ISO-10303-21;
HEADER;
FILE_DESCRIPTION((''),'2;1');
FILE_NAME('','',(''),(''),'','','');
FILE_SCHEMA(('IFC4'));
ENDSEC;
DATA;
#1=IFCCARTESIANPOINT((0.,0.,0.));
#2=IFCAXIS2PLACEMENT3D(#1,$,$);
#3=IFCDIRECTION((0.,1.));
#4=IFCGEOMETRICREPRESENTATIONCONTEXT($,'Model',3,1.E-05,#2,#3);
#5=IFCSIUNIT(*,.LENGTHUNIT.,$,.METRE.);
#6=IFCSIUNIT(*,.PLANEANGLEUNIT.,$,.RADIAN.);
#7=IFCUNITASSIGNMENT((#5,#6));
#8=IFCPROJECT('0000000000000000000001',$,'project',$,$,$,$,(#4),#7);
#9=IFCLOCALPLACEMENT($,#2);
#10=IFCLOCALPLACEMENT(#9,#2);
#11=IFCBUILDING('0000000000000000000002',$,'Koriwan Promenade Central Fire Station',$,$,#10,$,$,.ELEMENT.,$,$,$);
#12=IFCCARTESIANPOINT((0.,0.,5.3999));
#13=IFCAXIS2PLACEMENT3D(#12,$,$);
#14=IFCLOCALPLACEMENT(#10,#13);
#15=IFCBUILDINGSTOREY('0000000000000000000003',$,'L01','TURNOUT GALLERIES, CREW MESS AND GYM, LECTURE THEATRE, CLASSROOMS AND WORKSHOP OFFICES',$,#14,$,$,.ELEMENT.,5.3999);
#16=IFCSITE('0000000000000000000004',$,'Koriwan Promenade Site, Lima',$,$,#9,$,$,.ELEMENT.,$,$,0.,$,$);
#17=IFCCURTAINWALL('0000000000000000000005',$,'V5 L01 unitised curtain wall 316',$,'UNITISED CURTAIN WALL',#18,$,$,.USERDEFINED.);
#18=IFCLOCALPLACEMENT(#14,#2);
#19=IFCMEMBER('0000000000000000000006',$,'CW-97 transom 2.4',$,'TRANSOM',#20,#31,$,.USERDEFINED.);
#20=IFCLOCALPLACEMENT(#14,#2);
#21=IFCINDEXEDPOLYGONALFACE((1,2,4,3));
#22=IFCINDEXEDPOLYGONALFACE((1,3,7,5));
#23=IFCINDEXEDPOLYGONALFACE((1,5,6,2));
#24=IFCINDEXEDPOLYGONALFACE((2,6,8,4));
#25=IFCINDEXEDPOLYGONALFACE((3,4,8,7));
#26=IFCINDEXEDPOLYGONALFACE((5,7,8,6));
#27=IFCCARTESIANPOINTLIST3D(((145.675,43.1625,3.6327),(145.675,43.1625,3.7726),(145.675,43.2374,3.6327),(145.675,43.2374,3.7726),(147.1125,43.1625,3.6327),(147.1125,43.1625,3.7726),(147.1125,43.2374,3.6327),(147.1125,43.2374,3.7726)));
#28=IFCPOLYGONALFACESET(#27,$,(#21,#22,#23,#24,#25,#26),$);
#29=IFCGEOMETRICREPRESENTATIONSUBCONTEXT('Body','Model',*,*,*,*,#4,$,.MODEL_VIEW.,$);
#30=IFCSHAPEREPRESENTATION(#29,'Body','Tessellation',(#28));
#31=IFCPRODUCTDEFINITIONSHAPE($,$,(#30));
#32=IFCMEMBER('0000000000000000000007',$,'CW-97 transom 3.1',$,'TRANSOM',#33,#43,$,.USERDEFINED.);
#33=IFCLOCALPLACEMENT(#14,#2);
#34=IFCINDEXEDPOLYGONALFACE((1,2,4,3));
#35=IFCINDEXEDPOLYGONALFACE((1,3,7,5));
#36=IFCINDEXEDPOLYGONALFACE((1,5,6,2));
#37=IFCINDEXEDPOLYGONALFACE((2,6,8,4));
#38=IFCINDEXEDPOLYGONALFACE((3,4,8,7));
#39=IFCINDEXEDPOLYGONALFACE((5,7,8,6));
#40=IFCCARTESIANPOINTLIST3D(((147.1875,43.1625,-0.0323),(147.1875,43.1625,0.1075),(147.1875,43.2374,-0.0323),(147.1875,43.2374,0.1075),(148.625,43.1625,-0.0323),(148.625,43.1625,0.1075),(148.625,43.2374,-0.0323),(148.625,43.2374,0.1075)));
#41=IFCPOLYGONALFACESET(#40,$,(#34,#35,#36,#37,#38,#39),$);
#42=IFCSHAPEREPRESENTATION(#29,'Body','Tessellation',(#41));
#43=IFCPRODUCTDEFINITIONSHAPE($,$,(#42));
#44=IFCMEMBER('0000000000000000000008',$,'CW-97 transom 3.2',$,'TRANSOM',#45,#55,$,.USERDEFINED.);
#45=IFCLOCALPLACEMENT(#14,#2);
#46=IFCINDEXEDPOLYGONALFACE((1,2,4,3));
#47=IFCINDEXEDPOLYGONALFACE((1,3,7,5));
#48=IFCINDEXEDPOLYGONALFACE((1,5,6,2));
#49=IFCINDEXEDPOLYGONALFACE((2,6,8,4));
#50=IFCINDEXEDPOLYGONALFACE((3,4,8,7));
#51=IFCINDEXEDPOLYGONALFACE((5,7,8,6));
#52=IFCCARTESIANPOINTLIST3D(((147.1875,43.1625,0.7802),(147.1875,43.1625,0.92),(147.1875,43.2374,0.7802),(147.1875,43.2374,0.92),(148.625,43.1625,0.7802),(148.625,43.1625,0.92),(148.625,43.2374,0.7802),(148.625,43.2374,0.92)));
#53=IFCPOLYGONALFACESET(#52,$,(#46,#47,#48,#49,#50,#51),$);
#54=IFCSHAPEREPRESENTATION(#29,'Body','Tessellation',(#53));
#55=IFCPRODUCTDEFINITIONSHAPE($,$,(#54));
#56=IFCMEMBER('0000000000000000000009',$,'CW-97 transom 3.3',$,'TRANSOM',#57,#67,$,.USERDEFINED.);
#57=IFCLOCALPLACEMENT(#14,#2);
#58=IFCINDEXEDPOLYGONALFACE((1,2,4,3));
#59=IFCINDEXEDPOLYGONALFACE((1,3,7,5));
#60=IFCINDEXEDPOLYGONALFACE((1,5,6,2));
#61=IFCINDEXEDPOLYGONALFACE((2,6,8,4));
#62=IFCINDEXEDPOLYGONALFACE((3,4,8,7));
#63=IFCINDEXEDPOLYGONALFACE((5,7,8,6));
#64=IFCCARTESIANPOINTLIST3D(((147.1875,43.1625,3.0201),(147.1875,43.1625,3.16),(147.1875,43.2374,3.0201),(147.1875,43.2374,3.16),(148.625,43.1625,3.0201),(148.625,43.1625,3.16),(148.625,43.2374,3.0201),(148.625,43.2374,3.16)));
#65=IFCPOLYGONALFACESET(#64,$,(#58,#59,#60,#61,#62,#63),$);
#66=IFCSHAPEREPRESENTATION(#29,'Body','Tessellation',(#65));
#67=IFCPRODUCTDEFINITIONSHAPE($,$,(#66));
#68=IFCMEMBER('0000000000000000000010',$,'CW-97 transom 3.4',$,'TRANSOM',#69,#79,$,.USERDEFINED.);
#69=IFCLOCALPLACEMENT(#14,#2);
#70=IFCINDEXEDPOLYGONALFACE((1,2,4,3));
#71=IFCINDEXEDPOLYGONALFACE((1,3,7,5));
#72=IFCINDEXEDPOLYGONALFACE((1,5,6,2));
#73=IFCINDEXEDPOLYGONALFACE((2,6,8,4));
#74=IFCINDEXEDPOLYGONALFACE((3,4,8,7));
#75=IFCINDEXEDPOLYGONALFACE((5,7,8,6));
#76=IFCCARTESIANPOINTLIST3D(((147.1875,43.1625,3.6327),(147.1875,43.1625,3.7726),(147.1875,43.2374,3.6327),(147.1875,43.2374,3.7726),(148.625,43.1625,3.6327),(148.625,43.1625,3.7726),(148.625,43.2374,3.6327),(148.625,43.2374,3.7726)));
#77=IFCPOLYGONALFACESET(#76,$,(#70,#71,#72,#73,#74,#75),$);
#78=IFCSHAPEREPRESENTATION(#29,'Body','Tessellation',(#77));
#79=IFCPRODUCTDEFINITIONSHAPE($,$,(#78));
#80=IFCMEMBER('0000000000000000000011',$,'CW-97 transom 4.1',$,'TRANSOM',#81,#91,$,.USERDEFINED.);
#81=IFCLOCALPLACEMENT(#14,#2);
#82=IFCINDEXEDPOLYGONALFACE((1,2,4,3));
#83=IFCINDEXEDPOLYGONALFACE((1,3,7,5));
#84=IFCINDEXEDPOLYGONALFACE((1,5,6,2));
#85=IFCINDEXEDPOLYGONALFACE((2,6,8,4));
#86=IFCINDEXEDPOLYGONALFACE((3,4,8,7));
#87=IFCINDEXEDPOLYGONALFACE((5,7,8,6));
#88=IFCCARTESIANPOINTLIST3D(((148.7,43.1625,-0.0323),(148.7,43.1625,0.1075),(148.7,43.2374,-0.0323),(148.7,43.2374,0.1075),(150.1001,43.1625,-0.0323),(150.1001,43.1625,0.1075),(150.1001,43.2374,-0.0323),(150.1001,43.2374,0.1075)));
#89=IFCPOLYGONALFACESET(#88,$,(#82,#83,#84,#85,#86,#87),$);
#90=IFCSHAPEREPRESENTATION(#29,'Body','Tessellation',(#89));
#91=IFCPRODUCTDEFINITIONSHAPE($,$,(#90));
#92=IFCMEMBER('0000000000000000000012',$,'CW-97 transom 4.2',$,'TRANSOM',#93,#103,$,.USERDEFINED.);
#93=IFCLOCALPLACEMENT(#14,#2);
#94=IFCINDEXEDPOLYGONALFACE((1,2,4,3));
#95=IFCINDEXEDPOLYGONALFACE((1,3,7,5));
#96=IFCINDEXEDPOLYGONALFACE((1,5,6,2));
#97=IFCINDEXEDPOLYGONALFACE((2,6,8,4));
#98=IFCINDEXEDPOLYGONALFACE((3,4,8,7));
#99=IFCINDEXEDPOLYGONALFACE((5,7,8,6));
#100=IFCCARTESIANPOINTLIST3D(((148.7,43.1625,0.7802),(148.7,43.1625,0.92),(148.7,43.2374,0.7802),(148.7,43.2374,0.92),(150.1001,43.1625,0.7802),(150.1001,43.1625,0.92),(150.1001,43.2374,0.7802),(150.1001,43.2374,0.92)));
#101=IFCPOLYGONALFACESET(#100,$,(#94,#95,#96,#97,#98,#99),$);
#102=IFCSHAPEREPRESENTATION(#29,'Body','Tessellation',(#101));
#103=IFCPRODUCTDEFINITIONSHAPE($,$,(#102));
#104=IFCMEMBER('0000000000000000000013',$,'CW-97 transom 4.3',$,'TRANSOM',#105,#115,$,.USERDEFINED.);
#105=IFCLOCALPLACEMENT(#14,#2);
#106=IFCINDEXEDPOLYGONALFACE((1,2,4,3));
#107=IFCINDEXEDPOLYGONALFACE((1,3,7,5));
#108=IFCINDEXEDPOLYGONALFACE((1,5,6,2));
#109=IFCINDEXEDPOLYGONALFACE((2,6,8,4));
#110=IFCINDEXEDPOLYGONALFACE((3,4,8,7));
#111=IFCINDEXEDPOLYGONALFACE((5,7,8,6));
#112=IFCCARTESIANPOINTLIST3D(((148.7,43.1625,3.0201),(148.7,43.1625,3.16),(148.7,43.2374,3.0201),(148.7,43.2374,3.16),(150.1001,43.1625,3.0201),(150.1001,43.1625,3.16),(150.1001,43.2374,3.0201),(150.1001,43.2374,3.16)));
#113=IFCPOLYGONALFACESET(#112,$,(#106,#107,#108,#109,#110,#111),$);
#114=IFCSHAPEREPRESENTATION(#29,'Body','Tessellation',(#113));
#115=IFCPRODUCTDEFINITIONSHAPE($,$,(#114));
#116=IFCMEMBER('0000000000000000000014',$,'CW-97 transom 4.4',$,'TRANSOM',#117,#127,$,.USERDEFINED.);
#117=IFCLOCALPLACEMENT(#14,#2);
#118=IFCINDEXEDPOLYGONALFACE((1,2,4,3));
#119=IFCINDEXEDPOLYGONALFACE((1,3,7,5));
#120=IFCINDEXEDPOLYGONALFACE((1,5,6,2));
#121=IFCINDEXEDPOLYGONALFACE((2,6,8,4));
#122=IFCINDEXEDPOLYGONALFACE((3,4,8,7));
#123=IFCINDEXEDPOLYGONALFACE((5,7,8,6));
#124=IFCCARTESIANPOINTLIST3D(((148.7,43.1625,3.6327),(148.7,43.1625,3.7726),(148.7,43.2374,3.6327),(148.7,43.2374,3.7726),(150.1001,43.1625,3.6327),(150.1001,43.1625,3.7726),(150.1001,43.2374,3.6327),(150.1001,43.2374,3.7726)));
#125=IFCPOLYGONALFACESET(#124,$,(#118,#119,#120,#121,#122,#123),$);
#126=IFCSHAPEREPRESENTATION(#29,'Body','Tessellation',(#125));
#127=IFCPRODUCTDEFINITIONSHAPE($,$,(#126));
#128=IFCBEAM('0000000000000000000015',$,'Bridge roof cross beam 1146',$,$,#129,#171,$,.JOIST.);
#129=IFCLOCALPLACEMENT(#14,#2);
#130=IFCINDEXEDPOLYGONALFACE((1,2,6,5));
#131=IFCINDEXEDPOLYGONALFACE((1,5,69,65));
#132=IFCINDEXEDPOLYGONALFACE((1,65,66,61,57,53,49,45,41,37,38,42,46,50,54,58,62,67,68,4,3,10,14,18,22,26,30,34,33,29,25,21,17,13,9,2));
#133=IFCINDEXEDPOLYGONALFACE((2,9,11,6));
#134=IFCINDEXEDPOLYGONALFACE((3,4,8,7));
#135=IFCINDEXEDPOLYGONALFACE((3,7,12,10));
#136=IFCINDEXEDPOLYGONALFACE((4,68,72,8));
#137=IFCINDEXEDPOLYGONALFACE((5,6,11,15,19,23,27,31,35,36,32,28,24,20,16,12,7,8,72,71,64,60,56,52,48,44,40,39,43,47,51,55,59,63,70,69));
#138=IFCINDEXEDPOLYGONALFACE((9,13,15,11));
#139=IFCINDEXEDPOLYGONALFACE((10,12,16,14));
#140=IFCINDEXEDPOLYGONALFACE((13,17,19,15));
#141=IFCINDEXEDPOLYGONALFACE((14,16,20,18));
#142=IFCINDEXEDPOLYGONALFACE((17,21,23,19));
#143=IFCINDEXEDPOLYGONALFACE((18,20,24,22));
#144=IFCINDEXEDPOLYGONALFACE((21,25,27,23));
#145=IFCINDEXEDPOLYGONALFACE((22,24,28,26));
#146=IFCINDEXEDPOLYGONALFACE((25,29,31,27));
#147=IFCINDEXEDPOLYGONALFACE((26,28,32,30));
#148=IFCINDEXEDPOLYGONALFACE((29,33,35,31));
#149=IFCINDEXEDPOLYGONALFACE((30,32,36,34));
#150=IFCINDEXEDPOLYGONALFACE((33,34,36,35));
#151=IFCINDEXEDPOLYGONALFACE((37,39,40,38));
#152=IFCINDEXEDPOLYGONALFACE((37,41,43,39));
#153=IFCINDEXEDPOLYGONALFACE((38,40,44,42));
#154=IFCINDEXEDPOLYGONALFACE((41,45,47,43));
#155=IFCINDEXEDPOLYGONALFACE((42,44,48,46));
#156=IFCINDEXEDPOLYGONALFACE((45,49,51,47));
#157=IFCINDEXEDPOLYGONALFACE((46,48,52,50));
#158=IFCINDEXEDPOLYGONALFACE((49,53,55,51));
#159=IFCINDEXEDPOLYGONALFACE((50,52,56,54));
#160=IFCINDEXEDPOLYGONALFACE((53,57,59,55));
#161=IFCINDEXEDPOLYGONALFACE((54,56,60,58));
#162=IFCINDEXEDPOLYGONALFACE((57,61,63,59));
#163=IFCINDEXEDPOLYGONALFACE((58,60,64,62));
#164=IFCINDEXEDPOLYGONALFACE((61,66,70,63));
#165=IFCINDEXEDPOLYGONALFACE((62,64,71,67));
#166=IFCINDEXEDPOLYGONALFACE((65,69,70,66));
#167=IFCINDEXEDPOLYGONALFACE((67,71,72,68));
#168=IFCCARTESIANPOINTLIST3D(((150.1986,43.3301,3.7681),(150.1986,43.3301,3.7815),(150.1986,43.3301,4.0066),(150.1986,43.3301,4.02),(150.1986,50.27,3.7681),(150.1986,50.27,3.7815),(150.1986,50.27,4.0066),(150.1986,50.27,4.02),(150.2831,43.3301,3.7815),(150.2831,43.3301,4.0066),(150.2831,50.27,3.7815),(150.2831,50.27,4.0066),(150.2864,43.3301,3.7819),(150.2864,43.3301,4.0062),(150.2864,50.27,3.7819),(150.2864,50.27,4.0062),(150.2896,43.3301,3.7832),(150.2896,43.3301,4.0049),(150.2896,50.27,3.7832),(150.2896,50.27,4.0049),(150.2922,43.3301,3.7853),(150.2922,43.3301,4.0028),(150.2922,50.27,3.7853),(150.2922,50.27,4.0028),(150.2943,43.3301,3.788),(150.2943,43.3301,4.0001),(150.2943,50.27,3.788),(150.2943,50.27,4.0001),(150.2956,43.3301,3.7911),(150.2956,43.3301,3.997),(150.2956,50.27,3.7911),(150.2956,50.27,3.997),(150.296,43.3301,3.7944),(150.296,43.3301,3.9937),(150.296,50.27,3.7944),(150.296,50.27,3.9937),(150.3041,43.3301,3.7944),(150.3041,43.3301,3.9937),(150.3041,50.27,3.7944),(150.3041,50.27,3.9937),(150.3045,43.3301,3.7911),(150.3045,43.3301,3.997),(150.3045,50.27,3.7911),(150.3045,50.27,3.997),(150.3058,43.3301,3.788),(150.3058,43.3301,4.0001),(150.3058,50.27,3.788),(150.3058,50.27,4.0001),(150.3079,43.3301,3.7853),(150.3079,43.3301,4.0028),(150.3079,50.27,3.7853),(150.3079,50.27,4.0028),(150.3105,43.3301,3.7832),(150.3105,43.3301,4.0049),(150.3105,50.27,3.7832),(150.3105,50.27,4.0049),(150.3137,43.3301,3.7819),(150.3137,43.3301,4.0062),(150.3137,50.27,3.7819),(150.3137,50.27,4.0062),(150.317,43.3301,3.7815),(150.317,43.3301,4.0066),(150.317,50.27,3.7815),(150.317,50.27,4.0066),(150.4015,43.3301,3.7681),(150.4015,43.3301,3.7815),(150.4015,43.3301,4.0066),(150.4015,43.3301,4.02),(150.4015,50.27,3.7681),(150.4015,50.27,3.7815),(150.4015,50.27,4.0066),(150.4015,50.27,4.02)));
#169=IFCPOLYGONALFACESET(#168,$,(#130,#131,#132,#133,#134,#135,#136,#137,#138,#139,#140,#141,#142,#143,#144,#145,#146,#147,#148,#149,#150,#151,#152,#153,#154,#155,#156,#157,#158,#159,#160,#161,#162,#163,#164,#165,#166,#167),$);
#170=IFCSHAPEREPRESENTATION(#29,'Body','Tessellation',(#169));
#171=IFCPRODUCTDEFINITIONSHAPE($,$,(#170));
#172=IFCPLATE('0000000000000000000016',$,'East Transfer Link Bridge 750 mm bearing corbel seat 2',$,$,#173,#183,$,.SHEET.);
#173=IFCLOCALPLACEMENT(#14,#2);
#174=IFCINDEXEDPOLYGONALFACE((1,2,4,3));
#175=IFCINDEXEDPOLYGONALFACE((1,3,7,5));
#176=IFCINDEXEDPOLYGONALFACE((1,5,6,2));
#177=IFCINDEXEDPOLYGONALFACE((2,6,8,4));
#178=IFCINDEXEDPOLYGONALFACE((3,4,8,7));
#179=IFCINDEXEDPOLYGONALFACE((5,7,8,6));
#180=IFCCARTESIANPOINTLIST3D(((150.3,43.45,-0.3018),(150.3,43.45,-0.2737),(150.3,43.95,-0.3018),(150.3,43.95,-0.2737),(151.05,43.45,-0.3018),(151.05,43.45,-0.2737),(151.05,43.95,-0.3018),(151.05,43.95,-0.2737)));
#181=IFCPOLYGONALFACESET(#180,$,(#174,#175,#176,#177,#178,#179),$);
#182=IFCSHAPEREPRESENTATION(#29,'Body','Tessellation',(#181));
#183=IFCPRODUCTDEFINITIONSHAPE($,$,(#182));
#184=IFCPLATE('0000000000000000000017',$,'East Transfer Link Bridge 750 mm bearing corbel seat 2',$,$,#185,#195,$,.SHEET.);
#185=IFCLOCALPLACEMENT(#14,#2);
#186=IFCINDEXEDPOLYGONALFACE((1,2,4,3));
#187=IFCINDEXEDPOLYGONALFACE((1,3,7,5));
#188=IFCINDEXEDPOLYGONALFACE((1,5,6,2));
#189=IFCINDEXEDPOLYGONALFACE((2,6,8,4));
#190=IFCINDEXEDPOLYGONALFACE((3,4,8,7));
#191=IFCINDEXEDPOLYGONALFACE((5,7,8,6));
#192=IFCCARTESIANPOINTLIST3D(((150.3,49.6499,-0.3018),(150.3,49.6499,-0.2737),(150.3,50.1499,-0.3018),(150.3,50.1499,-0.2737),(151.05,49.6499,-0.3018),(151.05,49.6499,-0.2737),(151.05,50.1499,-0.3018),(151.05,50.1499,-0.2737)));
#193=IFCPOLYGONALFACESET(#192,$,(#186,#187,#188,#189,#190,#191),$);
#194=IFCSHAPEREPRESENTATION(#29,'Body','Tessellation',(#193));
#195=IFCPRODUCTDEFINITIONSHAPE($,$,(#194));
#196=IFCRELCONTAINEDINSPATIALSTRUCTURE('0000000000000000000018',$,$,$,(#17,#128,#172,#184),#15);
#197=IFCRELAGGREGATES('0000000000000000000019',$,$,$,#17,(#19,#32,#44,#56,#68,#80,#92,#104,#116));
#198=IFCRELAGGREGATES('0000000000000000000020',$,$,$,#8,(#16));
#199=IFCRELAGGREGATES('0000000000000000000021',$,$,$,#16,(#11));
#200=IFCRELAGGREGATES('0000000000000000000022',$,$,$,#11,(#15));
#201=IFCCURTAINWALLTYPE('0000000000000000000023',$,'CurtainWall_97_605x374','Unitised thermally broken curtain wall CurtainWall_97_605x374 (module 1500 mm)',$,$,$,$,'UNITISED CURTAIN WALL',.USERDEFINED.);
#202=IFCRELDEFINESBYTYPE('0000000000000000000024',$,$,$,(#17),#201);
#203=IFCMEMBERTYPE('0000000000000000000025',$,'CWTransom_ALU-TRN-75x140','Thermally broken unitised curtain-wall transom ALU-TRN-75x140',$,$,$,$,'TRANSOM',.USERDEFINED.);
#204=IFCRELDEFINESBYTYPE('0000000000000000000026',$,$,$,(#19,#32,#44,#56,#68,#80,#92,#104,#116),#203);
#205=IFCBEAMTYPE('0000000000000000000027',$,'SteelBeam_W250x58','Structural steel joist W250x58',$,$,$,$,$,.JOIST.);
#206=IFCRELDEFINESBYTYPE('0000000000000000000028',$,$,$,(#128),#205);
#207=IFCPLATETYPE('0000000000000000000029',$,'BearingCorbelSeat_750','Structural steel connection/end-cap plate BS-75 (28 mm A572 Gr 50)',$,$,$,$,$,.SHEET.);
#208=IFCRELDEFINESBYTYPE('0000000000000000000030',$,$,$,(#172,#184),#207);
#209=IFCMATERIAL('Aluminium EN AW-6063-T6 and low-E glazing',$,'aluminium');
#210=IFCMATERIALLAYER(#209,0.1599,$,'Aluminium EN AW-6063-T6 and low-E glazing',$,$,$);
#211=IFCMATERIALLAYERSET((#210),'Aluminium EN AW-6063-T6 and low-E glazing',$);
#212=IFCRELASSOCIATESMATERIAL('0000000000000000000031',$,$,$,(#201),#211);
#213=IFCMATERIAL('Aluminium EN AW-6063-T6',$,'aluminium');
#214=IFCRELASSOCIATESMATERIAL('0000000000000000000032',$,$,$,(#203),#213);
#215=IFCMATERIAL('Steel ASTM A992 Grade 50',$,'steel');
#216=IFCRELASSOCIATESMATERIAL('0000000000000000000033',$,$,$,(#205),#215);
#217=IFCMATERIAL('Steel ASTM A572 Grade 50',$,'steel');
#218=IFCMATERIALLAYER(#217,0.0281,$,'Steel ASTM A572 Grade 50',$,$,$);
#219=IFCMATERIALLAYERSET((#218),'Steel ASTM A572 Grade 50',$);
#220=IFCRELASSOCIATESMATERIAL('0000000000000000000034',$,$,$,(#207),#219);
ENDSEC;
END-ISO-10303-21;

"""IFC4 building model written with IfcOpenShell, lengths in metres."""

from ifc_helpers import new_model, si_unit, direction, frame, origin, origin_2d, place, context, subcontext, project, spatial, rectangle, i_section, extrude, material, layer, layer_set, material_profile, profile_set, type_object, element, aggregate, save


model = new_model("IFC4")

# Units and contexts
model_context = context("Model", 3, precision=1e-05, world=origin(), true_north=direction((0.0, 1.0)))
body_context = subcontext(model_context, "Body", "Model", "MODEL_VIEW")
ifc_project = project(units=[si_unit("LENGTHUNIT", "METRE"), si_unit("PLANEANGLEUNIT", "RADIAN")], contexts=[model_context])

# Site, building, storey
site_placement = place(None, origin())
site = spatial("IfcSite", under=ifc_project, at=site_placement, Name="Koriwan Promenade Site, Lima", CompositionType="ELEMENT", RefElevation=0.0)
building_placement = place(site_placement, origin())
building = spatial("IfcBuilding", under=site, at=building_placement, Name="Koriwan Promenade Central Fire Station", CompositionType="ELEMENT")
storey_placement = place(building_placement, frame((0.0, 0.0, 5.3999)))
storey = spatial("IfcBuildingStorey", under=building, at=storey_placement, Name="L01", Description="TURNOUT GALLERIES, CREW MESS AND GYM, LECTURE THEATRE, CLASSROOMS AND WORKSHOP OFFICES", CompositionType="ELEMENT", Elevation=5.3999)

# Curtain wall, members
ifc_material_1 = material(Name="Aluminium EN AW-6063-T6 and low-E glazing", Category="aluminium")
ifc_layer_1 = layer(ifc_material_1, 0.1599, Name="Aluminium EN AW-6063-T6 and low-E glazing")
ifc_layer_set_1 = layer_set([ifc_layer_1], Name="Aluminium EN AW-6063-T6 and low-E glazing")
curtain_wall_type = type_object("IfcCurtainWallType", Name="CurtainWall_97_605x374", Description="Unitised thermally broken curtain wall CurtainWall_97_605x374 (module 1500 mm)", ElementType="UNITISED CURTAIN WALL", PredefinedType="USERDEFINED", material=ifc_layer_set_1)
curtain_wall_placement = place(storey_placement, origin())
curtain_wall = element("IfcCurtainWall", 1, at=curtain_wall_placement, inside=storey, type_object=curtain_wall_type, Name="V5 L01 unitised curtain wall 316", ObjectType="UNITISED CURTAIN WALL", PredefinedType="USERDEFINED")
ifc_material_2 = material(Name="Aluminium EN AW-6063-T6", Category="aluminium")
ifc_material_profile_1 = material_profile(ifc_material_2, rectangle(XDim=0.075, YDim=0.1399, at=origin_2d()), Name="ALU-TRN-75x140")
ifc_profile_set_1 = profile_set([ifc_material_profile_1], Name="Aluminium EN AW-6063-T6")
member_type_1 = type_object("IfcMemberType", Name="CWTransom_ALU-TRN-75x140", Description="Thermally broken unitised curtain-wall transom ALU-TRN-75x140", ElementType="TRANSOM", PredefinedType="USERDEFINED", material=ifc_profile_set_1)
member_1_placement = place(storey_placement, frame((145.675, 43.2, 3.7026), z_axis=(1.0, 0.0, 0.0), x_axis=(0.0, 1.0, 0.0)))
member_1 = element("IfcMember", 2, at=member_1_placement, type_object=member_type_1, Name="CW-97 transom 2.4", ObjectType="TRANSOM", PredefinedType="USERDEFINED", context=body_context, shape_type="SweptSolid", body=[
    extrude(rectangle(XDim=0.075, YDim=0.1399, at=origin_2d()), origin(), (0.0, 0.0, 1.0), 1.4375),
])
member_2_placement = place(storey_placement, frame((147.1875, 43.2, 0.0376), z_axis=(1.0, 0.0, 0.0), x_axis=(0.0, 1.0, 0.0)))
member_2 = element("IfcMember", 3, at=member_2_placement, type_object=member_type_1, Name="CW-97 transom 3.1", ObjectType="TRANSOM", PredefinedType="USERDEFINED", context=body_context, shape_type="SweptSolid", body=[
    extrude(rectangle(XDim=0.075, YDim=0.1399, at=origin_2d()), origin(), (0.0, 0.0, 1.0), 1.4375),
])
member_3_placement = place(storey_placement, frame((147.1875, 43.2, 0.8501), z_axis=(1.0, 0.0, 0.0), x_axis=(0.0, 1.0, 0.0)))
member_3 = element("IfcMember", 4, at=member_3_placement, type_object=member_type_1, Name="CW-97 transom 3.2", ObjectType="TRANSOM", PredefinedType="USERDEFINED", context=body_context, shape_type="SweptSolid", body=[
    extrude(rectangle(XDim=0.075, YDim=0.1399, at=origin_2d()), origin(), (0.0, 0.0, 1.0), 1.4375),
])
member_4_placement = place(storey_placement, frame((147.1875, 43.2, 3.0901), z_axis=(1.0, 0.0, 0.0), x_axis=(0.0, 1.0, 0.0)))
member_4 = element("IfcMember", 5, at=member_4_placement, type_object=member_type_1, Name="CW-97 transom 3.3", ObjectType="TRANSOM", PredefinedType="USERDEFINED", context=body_context, shape_type="SweptSolid", body=[
    extrude(rectangle(XDim=0.075, YDim=0.1399, at=origin_2d()), origin(), (0.0, 0.0, 1.0), 1.4375),
])
member_5_placement = place(storey_placement, frame((147.1875, 43.2, 3.7026), z_axis=(1.0, 0.0, 0.0), x_axis=(0.0, 1.0, 0.0)))
member_5 = element("IfcMember", 6, at=member_5_placement, type_object=member_type_1, Name="CW-97 transom 3.4", ObjectType="TRANSOM", PredefinedType="USERDEFINED", context=body_context, shape_type="SweptSolid", body=[
    extrude(rectangle(XDim=0.075, YDim=0.1399, at=origin_2d()), origin(), (0.0, 0.0, 1.0), 1.4375),
])
member_6_placement = place(storey_placement, frame((148.7, 43.2, 0.0376), z_axis=(1.0, 0.0, 0.0), x_axis=(0.0, 1.0, 0.0)))
member_6 = element("IfcMember", 7, at=member_6_placement, type_object=member_type_1, Name="CW-97 transom 4.1", ObjectType="TRANSOM", PredefinedType="USERDEFINED", context=body_context, shape_type="SweptSolid", body=[
    extrude(rectangle(XDim=0.075, YDim=0.1399, at=origin_2d()), origin(), (0.0, 0.0, 1.0), 1.4001),
])
member_7_placement = place(storey_placement, frame((148.7, 43.2, 0.8501), z_axis=(1.0, 0.0, 0.0), x_axis=(0.0, 1.0, 0.0)))
member_7 = element("IfcMember", 8, at=member_7_placement, type_object=member_type_1, Name="CW-97 transom 4.2", ObjectType="TRANSOM", PredefinedType="USERDEFINED", context=body_context, shape_type="SweptSolid", body=[
    extrude(rectangle(XDim=0.075, YDim=0.1399, at=origin_2d()), origin(), (0.0, 0.0, 1.0), 1.4001),
])
member_8_placement = place(storey_placement, frame((148.7, 43.2, 3.0901), z_axis=(1.0, 0.0, 0.0), x_axis=(0.0, 1.0, 0.0)))
member_8 = element("IfcMember", 9, at=member_8_placement, type_object=member_type_1, Name="CW-97 transom 4.3", ObjectType="TRANSOM", PredefinedType="USERDEFINED", context=body_context, shape_type="SweptSolid", body=[
    extrude(rectangle(XDim=0.075, YDim=0.1399, at=origin_2d()), origin(), (0.0, 0.0, 1.0), 1.4001),
])
member_9_placement = place(storey_placement, frame((148.7, 43.2, 3.7026), z_axis=(1.0, 0.0, 0.0), x_axis=(0.0, 1.0, 0.0)))
member_9 = element("IfcMember", 10, at=member_9_placement, type_object=member_type_1, Name="CW-97 transom 4.4", ObjectType="TRANSOM", PredefinedType="USERDEFINED", context=body_context, shape_type="SweptSolid", body=[
    extrude(rectangle(XDim=0.075, YDim=0.1399, at=origin_2d()), origin(), (0.0, 0.0, 1.0), 1.4001),
])

# Beam
ifc_material_3 = material(Name="Steel ASTM A992 Grade 50", Category="steel")
ifc_material_profile_2 = material_profile(ifc_material_3, i_section(OverallWidth=0.2029, OverallDepth=0.252, WebThickness=0.0081, FlangeThickness=0.0134, FilletRadius=0.0129, at=origin_2d()), Name="W250x58")
ifc_profile_set_2 = profile_set([ifc_material_profile_2], Name="Steel ASTM A992 Grade 50")
beam_type_1 = type_object("IfcBeamType", Name="SteelBeam_W250x58", Description="Structural steel joist W250x58", PredefinedType="JOIST", material=ifc_profile_set_2)
beam_1_placement = place(storey_placement, frame((150.3, 43.3301, 3.894), z_axis=(0.0, 1.0, 0.0), x_axis=(-1.0, 0.0, 0.0)))
element("IfcBeam", 11, at=beam_1_placement, inside=storey, type_object=beam_type_1, Name="Bridge roof cross beam 1146", PredefinedType="JOIST", context=body_context, shape_type="SweptSolid", body=[
    extrude(i_section(OverallWidth=0.2029, OverallDepth=0.252, WebThickness=0.0081, FlangeThickness=0.0134, FilletRadius=0.0129, at=origin_2d()), origin(), (0.0, 0.0, 1.0), 6.9399),
])

# Plates
ifc_material_4 = material(Name="Steel ASTM A572 Grade 50", Category="steel")
ifc_layer_2 = layer(ifc_material_4, 0.0281, Name="Steel ASTM A572 Grade 50")
ifc_layer_set_2 = layer_set([ifc_layer_2], Name="Steel ASTM A572 Grade 50")
plate_type_1 = type_object("IfcPlateType", Name="BearingCorbelSeat_750", Description="Structural steel connection/end-cap plate BS-75 (28 mm A572 Gr 50)", PredefinedType="SHEET", material=ifc_layer_set_2)
for number, where, z_axis, x_axis, name in (
    (12, (150.675, 43.7, -0.3018), (0.0, 0.0, 1.0), (1.0, 0.0, 0.0), "East Transfer Link Bridge 750 mm bearing corbel seat 2"),
    (13, (150.675, 49.8999, -0.3018), (0.0, 0.0, 1.0), (1.0, 0.0, 0.0), "East Transfer Link Bridge 750 mm bearing corbel seat 2"),
):
    element("IfcPlate", number, at=place(storey_placement, frame(where, z_axis=z_axis, x_axis=x_axis)), inside=storey, type_object=plate_type_1, Name=name, PredefinedType="SHEET", context=body_context, shape_type="SweptSolid", body=[
        extrude(rectangle(XDim=0.75, YDim=0.5, at=origin_2d()), origin(), (0.0, 0.0, 1.0), 0.0281),
    ])

aggregate(curtain_wall, [member_1, member_2, member_3, member_4, member_5, member_6, member_7, member_8, member_9])

save(model, "model.ifc")
